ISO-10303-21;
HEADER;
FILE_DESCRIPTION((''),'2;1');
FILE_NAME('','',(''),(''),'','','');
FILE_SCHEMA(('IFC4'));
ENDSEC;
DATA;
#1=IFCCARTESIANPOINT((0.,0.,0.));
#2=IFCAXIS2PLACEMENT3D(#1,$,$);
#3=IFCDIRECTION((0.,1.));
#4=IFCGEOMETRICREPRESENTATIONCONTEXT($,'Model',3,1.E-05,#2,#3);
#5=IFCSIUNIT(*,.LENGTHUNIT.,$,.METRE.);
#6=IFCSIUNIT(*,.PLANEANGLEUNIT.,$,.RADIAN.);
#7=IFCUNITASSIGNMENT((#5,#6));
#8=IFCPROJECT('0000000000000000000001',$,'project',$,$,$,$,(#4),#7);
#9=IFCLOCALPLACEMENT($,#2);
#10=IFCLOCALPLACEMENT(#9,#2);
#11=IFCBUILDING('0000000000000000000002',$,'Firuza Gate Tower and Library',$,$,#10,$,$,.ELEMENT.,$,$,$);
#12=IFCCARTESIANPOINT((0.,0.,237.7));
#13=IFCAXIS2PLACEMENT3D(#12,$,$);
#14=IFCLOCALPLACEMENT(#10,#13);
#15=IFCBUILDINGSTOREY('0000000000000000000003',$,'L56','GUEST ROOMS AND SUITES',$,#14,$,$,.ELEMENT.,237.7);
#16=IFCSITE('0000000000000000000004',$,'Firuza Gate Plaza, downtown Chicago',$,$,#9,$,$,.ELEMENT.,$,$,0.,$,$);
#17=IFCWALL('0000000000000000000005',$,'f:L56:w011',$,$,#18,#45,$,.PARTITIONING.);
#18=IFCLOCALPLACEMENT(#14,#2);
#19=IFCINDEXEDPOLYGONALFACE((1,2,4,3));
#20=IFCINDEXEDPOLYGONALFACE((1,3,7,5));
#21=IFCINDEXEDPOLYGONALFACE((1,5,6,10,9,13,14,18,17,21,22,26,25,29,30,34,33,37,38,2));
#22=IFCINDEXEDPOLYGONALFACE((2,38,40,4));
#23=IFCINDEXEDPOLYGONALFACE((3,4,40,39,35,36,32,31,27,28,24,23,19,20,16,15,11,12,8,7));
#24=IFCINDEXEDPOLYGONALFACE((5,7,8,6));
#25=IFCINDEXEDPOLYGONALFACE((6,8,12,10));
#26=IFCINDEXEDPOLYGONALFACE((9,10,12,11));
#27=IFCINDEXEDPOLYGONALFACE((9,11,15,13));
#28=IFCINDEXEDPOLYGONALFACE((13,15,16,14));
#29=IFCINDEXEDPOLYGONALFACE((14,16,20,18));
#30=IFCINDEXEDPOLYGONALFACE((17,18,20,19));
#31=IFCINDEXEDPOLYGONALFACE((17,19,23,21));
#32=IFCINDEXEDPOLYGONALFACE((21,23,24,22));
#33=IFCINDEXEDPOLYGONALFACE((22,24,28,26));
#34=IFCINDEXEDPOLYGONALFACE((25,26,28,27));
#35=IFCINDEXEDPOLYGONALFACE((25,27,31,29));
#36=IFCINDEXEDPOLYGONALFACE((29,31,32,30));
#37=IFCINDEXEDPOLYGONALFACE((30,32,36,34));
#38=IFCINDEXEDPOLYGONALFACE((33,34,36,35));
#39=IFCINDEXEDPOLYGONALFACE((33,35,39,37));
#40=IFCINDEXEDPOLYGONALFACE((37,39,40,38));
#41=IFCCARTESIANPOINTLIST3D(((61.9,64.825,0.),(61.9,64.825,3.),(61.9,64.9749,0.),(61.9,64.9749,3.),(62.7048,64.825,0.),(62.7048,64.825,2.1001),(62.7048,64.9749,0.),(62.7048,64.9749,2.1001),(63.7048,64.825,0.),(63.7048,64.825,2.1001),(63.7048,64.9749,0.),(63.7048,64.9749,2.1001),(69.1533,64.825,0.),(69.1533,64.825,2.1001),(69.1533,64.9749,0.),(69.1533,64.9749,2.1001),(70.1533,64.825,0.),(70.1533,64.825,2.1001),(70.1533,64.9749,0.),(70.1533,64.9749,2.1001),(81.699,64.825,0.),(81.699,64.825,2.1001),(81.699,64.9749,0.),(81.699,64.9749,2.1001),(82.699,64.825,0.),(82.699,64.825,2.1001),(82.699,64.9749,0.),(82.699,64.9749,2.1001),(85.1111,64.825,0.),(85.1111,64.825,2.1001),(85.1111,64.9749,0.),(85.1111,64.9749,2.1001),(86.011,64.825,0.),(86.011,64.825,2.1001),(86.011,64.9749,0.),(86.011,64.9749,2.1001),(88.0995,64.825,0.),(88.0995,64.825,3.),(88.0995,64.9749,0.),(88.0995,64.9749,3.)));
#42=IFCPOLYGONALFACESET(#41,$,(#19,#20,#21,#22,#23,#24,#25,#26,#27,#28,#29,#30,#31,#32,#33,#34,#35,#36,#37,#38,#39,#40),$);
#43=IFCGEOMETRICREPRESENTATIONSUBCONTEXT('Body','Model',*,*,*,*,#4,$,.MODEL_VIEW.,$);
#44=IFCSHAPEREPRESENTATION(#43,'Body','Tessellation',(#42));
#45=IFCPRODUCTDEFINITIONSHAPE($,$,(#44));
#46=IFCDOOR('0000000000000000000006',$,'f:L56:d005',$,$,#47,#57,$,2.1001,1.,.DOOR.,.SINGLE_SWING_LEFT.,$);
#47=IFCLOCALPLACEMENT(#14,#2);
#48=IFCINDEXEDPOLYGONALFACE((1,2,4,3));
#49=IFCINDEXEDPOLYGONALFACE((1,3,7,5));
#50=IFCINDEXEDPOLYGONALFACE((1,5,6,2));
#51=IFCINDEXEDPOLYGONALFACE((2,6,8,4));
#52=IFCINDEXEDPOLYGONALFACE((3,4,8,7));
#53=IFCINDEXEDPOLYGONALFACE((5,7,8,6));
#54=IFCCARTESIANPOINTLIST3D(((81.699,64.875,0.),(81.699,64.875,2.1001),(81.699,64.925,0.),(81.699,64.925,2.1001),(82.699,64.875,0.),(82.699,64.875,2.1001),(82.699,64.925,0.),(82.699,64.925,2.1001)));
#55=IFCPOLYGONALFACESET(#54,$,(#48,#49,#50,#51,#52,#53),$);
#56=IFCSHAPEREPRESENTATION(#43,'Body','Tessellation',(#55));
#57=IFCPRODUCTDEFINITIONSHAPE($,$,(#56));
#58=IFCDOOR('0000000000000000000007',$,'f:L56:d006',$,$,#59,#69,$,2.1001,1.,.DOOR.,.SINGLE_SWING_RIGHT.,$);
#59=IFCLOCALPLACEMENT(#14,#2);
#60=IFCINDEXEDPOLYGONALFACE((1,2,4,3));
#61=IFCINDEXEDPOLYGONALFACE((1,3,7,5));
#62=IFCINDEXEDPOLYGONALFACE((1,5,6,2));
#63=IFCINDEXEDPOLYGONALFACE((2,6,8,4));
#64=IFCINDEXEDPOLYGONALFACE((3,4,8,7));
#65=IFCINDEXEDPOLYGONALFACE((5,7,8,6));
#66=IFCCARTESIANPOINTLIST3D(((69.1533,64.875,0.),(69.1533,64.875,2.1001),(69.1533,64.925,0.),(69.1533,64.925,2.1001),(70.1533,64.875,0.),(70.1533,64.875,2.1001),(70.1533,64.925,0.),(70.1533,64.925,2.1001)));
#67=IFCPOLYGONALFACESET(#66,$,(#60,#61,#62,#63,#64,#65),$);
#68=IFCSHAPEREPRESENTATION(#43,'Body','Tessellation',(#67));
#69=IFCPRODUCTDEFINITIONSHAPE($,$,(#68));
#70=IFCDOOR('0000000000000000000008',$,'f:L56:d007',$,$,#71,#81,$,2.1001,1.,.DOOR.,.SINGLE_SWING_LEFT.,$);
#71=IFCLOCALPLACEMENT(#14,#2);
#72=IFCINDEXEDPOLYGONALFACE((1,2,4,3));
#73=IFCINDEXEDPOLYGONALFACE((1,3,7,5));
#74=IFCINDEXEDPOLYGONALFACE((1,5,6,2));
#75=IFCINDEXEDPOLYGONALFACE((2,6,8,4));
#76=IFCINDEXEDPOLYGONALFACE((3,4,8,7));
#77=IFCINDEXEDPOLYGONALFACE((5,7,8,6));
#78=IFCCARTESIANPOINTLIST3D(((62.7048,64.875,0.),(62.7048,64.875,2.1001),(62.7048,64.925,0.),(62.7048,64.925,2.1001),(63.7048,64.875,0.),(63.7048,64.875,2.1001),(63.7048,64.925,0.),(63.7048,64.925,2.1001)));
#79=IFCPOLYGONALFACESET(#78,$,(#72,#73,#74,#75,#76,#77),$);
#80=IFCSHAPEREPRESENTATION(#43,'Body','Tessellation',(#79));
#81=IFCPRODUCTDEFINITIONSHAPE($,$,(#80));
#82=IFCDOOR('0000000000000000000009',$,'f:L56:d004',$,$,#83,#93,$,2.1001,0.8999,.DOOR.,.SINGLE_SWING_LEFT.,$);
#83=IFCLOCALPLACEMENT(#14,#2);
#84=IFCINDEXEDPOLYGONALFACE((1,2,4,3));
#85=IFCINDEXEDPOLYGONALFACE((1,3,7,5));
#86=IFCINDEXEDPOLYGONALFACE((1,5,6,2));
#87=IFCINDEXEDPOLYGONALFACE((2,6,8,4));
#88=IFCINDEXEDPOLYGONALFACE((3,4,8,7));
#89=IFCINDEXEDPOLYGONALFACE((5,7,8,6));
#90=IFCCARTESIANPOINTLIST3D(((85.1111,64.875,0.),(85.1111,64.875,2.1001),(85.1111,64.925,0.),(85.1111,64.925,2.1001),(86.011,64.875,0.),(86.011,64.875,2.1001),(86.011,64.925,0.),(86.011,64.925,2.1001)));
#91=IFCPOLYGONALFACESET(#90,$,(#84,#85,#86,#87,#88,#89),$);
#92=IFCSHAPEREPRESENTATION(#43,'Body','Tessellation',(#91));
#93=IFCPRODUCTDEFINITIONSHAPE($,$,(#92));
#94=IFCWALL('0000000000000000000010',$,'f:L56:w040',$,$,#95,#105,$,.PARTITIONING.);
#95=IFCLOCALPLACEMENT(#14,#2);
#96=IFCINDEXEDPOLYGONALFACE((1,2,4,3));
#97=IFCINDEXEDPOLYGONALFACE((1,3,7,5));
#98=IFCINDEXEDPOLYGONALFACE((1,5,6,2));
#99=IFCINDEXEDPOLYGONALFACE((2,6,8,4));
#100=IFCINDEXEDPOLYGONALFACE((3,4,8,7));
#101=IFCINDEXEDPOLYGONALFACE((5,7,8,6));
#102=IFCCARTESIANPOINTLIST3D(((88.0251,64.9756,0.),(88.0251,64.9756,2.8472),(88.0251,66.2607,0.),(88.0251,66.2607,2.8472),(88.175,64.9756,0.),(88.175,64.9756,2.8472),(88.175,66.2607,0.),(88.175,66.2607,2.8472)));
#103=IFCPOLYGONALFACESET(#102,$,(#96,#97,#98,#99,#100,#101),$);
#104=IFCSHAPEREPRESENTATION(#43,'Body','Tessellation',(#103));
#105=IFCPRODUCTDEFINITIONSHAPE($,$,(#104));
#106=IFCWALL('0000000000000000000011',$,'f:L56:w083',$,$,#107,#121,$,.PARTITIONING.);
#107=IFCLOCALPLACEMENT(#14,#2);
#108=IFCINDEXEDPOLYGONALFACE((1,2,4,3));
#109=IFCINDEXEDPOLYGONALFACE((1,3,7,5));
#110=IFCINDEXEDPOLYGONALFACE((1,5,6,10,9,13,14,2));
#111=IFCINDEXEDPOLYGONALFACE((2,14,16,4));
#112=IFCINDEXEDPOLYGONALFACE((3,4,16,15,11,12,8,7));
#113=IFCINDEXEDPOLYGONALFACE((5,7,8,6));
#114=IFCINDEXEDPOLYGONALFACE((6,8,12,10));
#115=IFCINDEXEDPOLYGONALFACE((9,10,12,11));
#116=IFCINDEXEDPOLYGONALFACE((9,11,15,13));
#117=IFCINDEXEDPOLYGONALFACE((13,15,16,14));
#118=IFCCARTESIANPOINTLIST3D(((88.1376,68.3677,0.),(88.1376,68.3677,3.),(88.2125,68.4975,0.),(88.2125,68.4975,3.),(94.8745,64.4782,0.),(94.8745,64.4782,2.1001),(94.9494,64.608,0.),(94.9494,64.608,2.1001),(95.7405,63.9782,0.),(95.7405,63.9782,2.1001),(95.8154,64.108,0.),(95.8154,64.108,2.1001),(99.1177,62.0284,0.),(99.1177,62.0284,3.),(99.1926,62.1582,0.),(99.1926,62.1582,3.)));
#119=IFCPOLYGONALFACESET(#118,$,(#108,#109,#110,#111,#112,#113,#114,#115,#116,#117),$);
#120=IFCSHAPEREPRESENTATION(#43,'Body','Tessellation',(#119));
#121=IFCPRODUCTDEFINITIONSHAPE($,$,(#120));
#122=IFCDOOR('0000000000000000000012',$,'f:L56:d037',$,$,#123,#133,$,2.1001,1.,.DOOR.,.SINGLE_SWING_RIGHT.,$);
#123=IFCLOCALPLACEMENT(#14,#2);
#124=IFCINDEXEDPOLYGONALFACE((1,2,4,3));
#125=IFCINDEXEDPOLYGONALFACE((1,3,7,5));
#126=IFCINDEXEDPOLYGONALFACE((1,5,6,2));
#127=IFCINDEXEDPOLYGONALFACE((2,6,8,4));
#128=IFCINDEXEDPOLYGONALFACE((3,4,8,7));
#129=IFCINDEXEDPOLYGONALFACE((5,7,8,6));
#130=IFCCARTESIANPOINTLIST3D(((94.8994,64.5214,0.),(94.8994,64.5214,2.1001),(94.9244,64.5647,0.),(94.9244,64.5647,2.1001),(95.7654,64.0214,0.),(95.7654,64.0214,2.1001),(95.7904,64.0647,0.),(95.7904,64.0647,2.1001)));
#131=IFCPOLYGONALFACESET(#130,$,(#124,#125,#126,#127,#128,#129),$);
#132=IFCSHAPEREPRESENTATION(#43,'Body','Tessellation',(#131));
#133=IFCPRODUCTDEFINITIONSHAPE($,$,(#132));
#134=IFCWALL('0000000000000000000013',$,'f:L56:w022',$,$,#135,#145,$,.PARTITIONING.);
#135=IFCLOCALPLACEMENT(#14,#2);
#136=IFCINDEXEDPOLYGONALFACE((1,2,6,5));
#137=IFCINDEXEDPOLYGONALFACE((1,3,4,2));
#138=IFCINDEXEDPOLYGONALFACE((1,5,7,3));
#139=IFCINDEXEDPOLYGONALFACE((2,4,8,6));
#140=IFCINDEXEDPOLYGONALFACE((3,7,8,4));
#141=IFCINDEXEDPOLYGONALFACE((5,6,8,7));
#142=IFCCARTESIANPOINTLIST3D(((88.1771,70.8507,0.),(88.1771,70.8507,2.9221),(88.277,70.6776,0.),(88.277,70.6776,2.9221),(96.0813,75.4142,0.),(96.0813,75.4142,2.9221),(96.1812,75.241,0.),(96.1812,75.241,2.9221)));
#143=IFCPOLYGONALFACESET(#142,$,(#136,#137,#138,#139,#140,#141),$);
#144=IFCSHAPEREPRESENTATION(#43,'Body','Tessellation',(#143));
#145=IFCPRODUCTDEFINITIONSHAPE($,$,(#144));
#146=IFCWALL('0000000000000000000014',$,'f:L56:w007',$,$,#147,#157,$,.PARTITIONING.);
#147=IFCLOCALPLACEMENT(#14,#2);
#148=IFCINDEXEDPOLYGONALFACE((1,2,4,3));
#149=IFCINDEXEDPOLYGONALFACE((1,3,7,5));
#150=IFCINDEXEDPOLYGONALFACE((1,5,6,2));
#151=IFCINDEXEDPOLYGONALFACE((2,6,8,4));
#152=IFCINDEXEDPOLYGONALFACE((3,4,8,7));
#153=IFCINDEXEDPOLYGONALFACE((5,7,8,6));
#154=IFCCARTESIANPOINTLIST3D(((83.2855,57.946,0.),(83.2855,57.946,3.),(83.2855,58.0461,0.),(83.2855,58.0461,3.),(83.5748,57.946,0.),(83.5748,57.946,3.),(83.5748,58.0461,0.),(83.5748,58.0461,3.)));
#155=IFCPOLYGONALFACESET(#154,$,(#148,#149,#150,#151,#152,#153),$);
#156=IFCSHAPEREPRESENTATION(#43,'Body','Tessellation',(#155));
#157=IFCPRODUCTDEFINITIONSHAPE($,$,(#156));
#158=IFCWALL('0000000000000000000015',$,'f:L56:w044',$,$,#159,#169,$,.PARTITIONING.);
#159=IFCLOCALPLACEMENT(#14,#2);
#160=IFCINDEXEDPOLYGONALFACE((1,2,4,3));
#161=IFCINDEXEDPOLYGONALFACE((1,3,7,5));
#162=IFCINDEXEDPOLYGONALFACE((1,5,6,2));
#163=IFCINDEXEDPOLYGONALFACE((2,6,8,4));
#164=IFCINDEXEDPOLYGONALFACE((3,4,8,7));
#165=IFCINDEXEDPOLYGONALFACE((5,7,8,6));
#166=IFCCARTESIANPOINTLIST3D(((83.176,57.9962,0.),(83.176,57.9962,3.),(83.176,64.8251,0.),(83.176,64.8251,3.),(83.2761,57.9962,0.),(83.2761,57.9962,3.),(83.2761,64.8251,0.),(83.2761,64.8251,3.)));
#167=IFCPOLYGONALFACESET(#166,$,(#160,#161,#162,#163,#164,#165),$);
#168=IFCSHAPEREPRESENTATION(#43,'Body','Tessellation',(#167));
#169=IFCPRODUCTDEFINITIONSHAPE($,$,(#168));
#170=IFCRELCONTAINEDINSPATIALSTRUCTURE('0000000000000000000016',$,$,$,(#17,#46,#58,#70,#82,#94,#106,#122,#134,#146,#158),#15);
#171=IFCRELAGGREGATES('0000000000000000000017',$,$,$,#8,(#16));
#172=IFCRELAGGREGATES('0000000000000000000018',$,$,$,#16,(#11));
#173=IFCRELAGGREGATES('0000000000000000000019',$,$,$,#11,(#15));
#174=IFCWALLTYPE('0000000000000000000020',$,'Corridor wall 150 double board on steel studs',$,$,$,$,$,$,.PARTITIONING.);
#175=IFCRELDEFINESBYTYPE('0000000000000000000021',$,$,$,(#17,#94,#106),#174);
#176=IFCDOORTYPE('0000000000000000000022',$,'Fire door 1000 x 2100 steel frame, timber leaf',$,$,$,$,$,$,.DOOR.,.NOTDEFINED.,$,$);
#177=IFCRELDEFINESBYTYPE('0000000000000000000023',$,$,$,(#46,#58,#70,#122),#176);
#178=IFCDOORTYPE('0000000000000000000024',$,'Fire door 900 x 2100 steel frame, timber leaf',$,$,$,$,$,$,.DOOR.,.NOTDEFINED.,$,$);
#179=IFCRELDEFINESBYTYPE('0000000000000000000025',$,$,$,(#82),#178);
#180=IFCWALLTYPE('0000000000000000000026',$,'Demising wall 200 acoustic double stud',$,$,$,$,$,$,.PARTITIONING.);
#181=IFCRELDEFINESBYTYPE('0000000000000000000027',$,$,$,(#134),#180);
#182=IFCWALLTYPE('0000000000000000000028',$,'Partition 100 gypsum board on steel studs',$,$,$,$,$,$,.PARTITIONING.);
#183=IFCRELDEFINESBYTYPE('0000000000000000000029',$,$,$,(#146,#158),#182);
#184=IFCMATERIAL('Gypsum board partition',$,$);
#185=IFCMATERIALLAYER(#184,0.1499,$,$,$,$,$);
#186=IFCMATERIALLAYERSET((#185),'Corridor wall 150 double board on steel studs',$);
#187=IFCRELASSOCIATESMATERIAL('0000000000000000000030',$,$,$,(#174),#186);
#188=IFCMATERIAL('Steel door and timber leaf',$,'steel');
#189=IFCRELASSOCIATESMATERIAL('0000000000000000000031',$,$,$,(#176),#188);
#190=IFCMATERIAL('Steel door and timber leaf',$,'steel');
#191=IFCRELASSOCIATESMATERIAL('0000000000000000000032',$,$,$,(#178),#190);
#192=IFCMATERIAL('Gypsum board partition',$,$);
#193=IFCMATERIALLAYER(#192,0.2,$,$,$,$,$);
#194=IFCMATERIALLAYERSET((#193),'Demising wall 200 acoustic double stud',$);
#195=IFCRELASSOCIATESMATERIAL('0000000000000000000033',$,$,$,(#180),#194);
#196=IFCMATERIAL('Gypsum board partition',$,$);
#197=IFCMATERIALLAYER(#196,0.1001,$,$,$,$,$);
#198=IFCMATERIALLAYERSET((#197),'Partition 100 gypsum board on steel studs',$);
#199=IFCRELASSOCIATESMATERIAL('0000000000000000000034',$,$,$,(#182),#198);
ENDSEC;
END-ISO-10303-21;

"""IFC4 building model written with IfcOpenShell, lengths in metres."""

from ifc_helpers import new_model, si_unit, direction, frame, frame_2d, origin, place, context, subcontext, project, spatial, rectangle, extrude, material, layer, layer_set, type_object, element, fill, save


model = new_model("IFC4")

# Units and contexts
model_context = context("Model", 3, precision=1e-05, world=origin(), true_north=direction((0.0, 1.0)))
body_context = subcontext(model_context, "Body", "Model", "MODEL_VIEW")
ifc_project = project(units=[si_unit("LENGTHUNIT", "METRE"), si_unit("PLANEANGLEUNIT", "RADIAN")], contexts=[model_context])

# Site, building, storey
site_placement = place(None, origin())
site = spatial("IfcSite", under=ifc_project, at=site_placement, Name="Firuza Gate Plaza, downtown Chicago", CompositionType="ELEMENT", RefElevation=0.0)
building_placement = place(site_placement, origin())
building = spatial("IfcBuilding", under=site, at=building_placement, Name="Firuza Gate Tower and Library", CompositionType="ELEMENT")
storey_placement = place(building_placement, frame((0.0, 0.0, 237.7)))
storey = spatial("IfcBuildingStorey", under=building, at=storey_placement, Name="L56", Description="GUEST ROOMS AND SUITES", CompositionType="ELEMENT", Elevation=237.7)

# Wall, openings, doors
ifc_material_1 = material(Name="Gypsum board partition")
ifc_layer_1 = layer(ifc_material_1, 0.1499)
ifc_layer_set_1 = layer_set([ifc_layer_1], Name="Corridor wall 150 double board on steel studs")
wall_type_1 = type_object("IfcWallType", Name="Corridor wall 150 double board on steel studs", PredefinedType="PARTITIONING", material=ifc_layer_set_1)
wall_1_placement = place(storey_placement, frame((88.0994, 64.8999, 0.0), z_axis=(0.0, 0.0, 1.0), x_axis=(-1.0, 0.0, 0.0)))
wall_1 = element("IfcWall", 1, at=wall_1_placement, inside=storey, type_object=wall_type_1, Name="f:L56:w011", PredefinedType="PARTITIONING", context=body_context, shape_type="SweptSolid", body=[
    extrude(rectangle(XDim=26.1995, YDim=0.1499, at=frame_2d((13.0996, 0.0))), origin(), (0.0, 0.0, 1.0), 3.0),
])
opening_1_placement = place(wall_1_placement, frame((2.0884, 0.0, 0.0)))
opening_1 = element("IfcOpeningElement", 2, at=opening_1_placement, cuts=wall_1, PredefinedType="OPENING", context=body_context, shape_type="SweptSolid", body=[
    extrude(rectangle(XDim=0.8999, YDim=2.1001, at=frame_2d((0.45, 1.05))), frame((0.0, 0.085, 0.0), z_axis=(0.0, -1.0, 0.0), x_axis=(1.0, 0.0, 0.0)), (0.0, 0.0, 1.0), 0.1699),
])
opening_2_placement = place(wall_1_placement, frame((5.4004, 0.0, 0.0)))
opening_2 = element("IfcOpeningElement", 3, at=opening_2_placement, cuts=wall_1, PredefinedType="OPENING", context=body_context, shape_type="SweptSolid", body=[
    extrude(rectangle(XDim=1.0, YDim=2.1001, at=frame_2d((0.5, 1.05))), frame((0.0, 0.085, 0.0), z_axis=(0.0, -1.0, 0.0), x_axis=(1.0, 0.0, 0.0)), (0.0, 0.0, 1.0), 0.1699),
])
opening_3_placement = place(wall_1_placement, frame((17.946, 0.0, 0.0)))
opening_3 = element("IfcOpeningElement", 4, at=opening_3_placement, cuts=wall_1, PredefinedType="OPENING", context=body_context, shape_type="SweptSolid", body=[
    extrude(rectangle(XDim=1.0, YDim=2.1001, at=frame_2d((0.5, 1.05))), frame((0.0, 0.085, 0.0), z_axis=(0.0, -1.0, 0.0), x_axis=(1.0, 0.0, 0.0)), (0.0, 0.0, 1.0), 0.1699),
])
opening_4_placement = place(wall_1_placement, frame((24.3945, 0.0, 0.0)))
opening_4 = element("IfcOpeningElement", 5, at=opening_4_placement, cuts=wall_1, PredefinedType="OPENING", context=body_context, shape_type="SweptSolid", body=[
    extrude(rectangle(XDim=1.0, YDim=2.1001, at=frame_2d((0.5, 1.05))), frame((0.0, 0.085, 0.0), z_axis=(0.0, -1.0, 0.0), x_axis=(1.0, 0.0, 0.0)), (0.0, 0.0, 1.0), 0.1699),
])
ifc_material_2 = material(Name="Steel door and timber leaf", Category="steel")
door_type_1 = type_object("IfcDoorType", Name="Fire door 1000 x 2100 steel frame, timber leaf", OperationType="NOTDEFINED", PredefinedType="DOOR", material=ifc_material_2)
door_1_placement = place(opening_2_placement, origin())
door_1 = element("IfcDoor", 6, at=door_1_placement, inside=storey, type_object=door_type_1, Name="f:L56:d005", OperationType="SINGLE_SWING_LEFT", OverallHeight=2.1001, OverallWidth=1.0, PredefinedType="DOOR", context=body_context, shape_type="SweptSolid", body=[
    extrude(rectangle(XDim=1.0, YDim=2.1001, at=frame_2d((0.5, 1.05))), frame((0.0, 0.0249, 0.0), z_axis=(0.0, -1.0, 0.0), x_axis=(1.0, 0.0, 0.0)), (0.0, 0.0, 1.0), 0.05),
])
fill(opening_2, door_1)
door_2_placement = place(opening_3_placement, origin())
door_2 = element("IfcDoor", 7, at=door_2_placement, inside=storey, type_object=door_type_1, Name="f:L56:d006", OperationType="SINGLE_SWING_RIGHT", OverallHeight=2.1001, OverallWidth=1.0, PredefinedType="DOOR", context=body_context, shape_type="SweptSolid", body=[
    extrude(rectangle(XDim=1.0, YDim=2.1001, at=frame_2d((0.5, 1.05))), frame((0.0, 0.0249, 0.0), z_axis=(0.0, -1.0, 0.0), x_axis=(1.0, 0.0, 0.0)), (0.0, 0.0, 1.0), 0.05),
])
fill(opening_3, door_2)
door_3_placement = place(opening_4_placement, origin())
door_3 = element("IfcDoor", 8, at=door_3_placement, inside=storey, type_object=door_type_1, Name="f:L56:d007", OperationType="SINGLE_SWING_LEFT", OverallHeight=2.1001, OverallWidth=1.0, PredefinedType="DOOR", context=body_context, shape_type="SweptSolid", body=[
    extrude(rectangle(XDim=1.0, YDim=2.1001, at=frame_2d((0.5, 1.05))), frame((0.0, 0.0249, 0.0), z_axis=(0.0, -1.0, 0.0), x_axis=(1.0, 0.0, 0.0)), (0.0, 0.0, 1.0), 0.05),
])
fill(opening_4, door_3)
ifc_material_3 = material(Name="Steel door and timber leaf", Category="steel")
door_type_2 = type_object("IfcDoorType", Name="Fire door 900 x 2100 steel frame, timber leaf", OperationType="NOTDEFINED", PredefinedType="DOOR", material=ifc_material_3)
door_4_placement = place(opening_1_placement, origin())
door_4 = element("IfcDoor", 9, at=door_4_placement, inside=storey, type_object=door_type_2, Name="f:L56:d004", OperationType="SINGLE_SWING_LEFT", OverallHeight=2.1001, OverallWidth=0.8999, PredefinedType="DOOR", context=body_context, shape_type="SweptSolid", body=[
    extrude(rectangle(XDim=0.8999, YDim=2.1001, at=frame_2d((0.45, 1.05))), frame((0.0, 0.0249, 0.0), z_axis=(0.0, -1.0, 0.0), x_axis=(1.0, 0.0, 0.0)), (0.0, 0.0, 1.0), 0.05),
])
fill(opening_1, door_4)

# Wall
wall_2_placement = place(storey_placement, frame((88.1001, 64.9756, 0.0), z_axis=(0.0, 0.0, 1.0), x_axis=(0.0, 1.0, 0.0)))
element("IfcWall", 10, at=wall_2_placement, inside=storey, type_object=wall_type_1, Name="f:L56:w040", PredefinedType="PARTITIONING", context=body_context, shape_type="SweptSolid", body=[
    extrude(rectangle(XDim=1.2852, YDim=0.1499, at=frame_2d((0.6426, 0.0))), origin(), (0.0, 0.0, 1.0), 2.8472),
])

# Wall, opening, door
wall_3_placement = place(storey_placement, frame((88.175, 68.4326, 0.0), z_axis=(0.0, 0.0, 1.0), x_axis=(0.866028, -0.499995, 0.0)))
wall_3 = element("IfcWall", 11, at=wall_3_placement, inside=storey, type_object=wall_type_1, Name="f:L56:w083", PredefinedType="PARTITIONING", context=body_context, shape_type="SweptSolid", body=[
    extrude(rectangle(XDim=12.6787, YDim=0.1499, at=frame_2d((6.3394, 0.0))), origin(), (0.0, 0.0, 1.0), 3.0),
])
opening_5_placement = place(wall_3_placement, frame((7.7791, 0.0, 0.0)))
opening_5 = element("IfcOpeningElement", 12, at=opening_5_placement, cuts=wall_3, PredefinedType="OPENING", context=body_context, shape_type="SweptSolid", body=[
    extrude(rectangle(XDim=1.0, YDim=2.1001, at=frame_2d((0.5, 1.05))), frame((0.0, 0.085, 0.0), z_axis=(0.0, -1.0, 0.0), x_axis=(1.0, 0.0, 0.0)), (0.0, 0.0, 1.0), 0.1699),
])
door_5_placement = place(opening_5_placement, origin())
door_5 = element("IfcDoor", 13, at=door_5_placement, inside=storey, type_object=door_type_1, Name="f:L56:d037", OperationType="SINGLE_SWING_RIGHT", OverallHeight=2.1001, OverallWidth=1.0, PredefinedType="DOOR", context=body_context, shape_type="SweptSolid", body=[
    extrude(rectangle(XDim=1.0, YDim=2.1001, at=frame_2d((0.5, 1.05))), frame((0.0, 0.0249, 0.0), z_axis=(0.0, -1.0, 0.0), x_axis=(1.0, 0.0, 0.0)), (0.0, 0.0, 1.0), 0.05),
])
fill(opening_5, door_5)

# Walls
ifc_material_4 = material(Name="Gypsum board partition")
ifc_layer_2 = layer(ifc_material_4, 0.2)
ifc_layer_set_2 = layer_set([ifc_layer_2], Name="Demising wall 200 acoustic double stud")
wall_type_2 = type_object("IfcWallType", Name="Demising wall 200 acoustic double stud", PredefinedType="PARTITIONING", material=ifc_layer_set_2)
wall_4_placement = place(storey_placement, frame((88.2271, 70.7642, 0.0), z_axis=(0.0, 0.0, 1.0), x_axis=(0.866029, 0.499994, 0.0)))
element("IfcWall", 14, at=wall_4_placement, inside=storey, type_object=wall_type_2, Name="f:L56:w022", PredefinedType="PARTITIONING", context=body_context, shape_type="SweptSolid", body=[
    extrude(rectangle(XDim=9.127, YDim=0.2, at=frame_2d((4.5635, 0.0))), origin(), (0.0, 0.0, 1.0), 2.9221),
])
ifc_material_5 = material(Name="Gypsum board partition")
ifc_layer_3 = layer(ifc_material_5, 0.1001)
ifc_layer_set_3 = layer_set([ifc_layer_3], Name="Partition 100 gypsum board on steel studs")
wall_type_3 = type_object("IfcWallType", Name="Partition 100 gypsum board on steel studs", PredefinedType="PARTITIONING", material=ifc_layer_set_3)
wall_5_placement = place(storey_placement, frame((83.2856, 57.9961, 0.0), z_axis=(0.0, 0.0, 1.0), x_axis=(1.0, 0.0, 0.0)))
element("IfcWall", 15, at=wall_5_placement, inside=storey, type_object=wall_type_3, Name="f:L56:w007", PredefinedType="PARTITIONING", context=body_context, shape_type="SweptSolid", body=[
    extrude(rectangle(XDim=0.2893, YDim=0.1001, at=frame_2d((0.1445, 0.0))), origin(), (0.0, 0.0, 1.0), 3.0),
])
wall_6_placement = place(storey_placement, frame((83.2261, 57.9961, 0.0), z_axis=(0.0, 0.0, 1.0), x_axis=(0.0, 1.0, 0.0)))
element("IfcWall", 16, at=wall_6_placement, inside=storey, type_object=wall_type_3, Name="f:L56:w044", PredefinedType="PARTITIONING", context=body_context, shape_type="SweptSolid", body=[
    extrude(rectangle(XDim=6.8289, YDim=0.1001, at=frame_2d((3.4146, 0.0))), origin(), (0.0, 0.0, 1.0), 3.0),
])

save(model, "model.ifc")
